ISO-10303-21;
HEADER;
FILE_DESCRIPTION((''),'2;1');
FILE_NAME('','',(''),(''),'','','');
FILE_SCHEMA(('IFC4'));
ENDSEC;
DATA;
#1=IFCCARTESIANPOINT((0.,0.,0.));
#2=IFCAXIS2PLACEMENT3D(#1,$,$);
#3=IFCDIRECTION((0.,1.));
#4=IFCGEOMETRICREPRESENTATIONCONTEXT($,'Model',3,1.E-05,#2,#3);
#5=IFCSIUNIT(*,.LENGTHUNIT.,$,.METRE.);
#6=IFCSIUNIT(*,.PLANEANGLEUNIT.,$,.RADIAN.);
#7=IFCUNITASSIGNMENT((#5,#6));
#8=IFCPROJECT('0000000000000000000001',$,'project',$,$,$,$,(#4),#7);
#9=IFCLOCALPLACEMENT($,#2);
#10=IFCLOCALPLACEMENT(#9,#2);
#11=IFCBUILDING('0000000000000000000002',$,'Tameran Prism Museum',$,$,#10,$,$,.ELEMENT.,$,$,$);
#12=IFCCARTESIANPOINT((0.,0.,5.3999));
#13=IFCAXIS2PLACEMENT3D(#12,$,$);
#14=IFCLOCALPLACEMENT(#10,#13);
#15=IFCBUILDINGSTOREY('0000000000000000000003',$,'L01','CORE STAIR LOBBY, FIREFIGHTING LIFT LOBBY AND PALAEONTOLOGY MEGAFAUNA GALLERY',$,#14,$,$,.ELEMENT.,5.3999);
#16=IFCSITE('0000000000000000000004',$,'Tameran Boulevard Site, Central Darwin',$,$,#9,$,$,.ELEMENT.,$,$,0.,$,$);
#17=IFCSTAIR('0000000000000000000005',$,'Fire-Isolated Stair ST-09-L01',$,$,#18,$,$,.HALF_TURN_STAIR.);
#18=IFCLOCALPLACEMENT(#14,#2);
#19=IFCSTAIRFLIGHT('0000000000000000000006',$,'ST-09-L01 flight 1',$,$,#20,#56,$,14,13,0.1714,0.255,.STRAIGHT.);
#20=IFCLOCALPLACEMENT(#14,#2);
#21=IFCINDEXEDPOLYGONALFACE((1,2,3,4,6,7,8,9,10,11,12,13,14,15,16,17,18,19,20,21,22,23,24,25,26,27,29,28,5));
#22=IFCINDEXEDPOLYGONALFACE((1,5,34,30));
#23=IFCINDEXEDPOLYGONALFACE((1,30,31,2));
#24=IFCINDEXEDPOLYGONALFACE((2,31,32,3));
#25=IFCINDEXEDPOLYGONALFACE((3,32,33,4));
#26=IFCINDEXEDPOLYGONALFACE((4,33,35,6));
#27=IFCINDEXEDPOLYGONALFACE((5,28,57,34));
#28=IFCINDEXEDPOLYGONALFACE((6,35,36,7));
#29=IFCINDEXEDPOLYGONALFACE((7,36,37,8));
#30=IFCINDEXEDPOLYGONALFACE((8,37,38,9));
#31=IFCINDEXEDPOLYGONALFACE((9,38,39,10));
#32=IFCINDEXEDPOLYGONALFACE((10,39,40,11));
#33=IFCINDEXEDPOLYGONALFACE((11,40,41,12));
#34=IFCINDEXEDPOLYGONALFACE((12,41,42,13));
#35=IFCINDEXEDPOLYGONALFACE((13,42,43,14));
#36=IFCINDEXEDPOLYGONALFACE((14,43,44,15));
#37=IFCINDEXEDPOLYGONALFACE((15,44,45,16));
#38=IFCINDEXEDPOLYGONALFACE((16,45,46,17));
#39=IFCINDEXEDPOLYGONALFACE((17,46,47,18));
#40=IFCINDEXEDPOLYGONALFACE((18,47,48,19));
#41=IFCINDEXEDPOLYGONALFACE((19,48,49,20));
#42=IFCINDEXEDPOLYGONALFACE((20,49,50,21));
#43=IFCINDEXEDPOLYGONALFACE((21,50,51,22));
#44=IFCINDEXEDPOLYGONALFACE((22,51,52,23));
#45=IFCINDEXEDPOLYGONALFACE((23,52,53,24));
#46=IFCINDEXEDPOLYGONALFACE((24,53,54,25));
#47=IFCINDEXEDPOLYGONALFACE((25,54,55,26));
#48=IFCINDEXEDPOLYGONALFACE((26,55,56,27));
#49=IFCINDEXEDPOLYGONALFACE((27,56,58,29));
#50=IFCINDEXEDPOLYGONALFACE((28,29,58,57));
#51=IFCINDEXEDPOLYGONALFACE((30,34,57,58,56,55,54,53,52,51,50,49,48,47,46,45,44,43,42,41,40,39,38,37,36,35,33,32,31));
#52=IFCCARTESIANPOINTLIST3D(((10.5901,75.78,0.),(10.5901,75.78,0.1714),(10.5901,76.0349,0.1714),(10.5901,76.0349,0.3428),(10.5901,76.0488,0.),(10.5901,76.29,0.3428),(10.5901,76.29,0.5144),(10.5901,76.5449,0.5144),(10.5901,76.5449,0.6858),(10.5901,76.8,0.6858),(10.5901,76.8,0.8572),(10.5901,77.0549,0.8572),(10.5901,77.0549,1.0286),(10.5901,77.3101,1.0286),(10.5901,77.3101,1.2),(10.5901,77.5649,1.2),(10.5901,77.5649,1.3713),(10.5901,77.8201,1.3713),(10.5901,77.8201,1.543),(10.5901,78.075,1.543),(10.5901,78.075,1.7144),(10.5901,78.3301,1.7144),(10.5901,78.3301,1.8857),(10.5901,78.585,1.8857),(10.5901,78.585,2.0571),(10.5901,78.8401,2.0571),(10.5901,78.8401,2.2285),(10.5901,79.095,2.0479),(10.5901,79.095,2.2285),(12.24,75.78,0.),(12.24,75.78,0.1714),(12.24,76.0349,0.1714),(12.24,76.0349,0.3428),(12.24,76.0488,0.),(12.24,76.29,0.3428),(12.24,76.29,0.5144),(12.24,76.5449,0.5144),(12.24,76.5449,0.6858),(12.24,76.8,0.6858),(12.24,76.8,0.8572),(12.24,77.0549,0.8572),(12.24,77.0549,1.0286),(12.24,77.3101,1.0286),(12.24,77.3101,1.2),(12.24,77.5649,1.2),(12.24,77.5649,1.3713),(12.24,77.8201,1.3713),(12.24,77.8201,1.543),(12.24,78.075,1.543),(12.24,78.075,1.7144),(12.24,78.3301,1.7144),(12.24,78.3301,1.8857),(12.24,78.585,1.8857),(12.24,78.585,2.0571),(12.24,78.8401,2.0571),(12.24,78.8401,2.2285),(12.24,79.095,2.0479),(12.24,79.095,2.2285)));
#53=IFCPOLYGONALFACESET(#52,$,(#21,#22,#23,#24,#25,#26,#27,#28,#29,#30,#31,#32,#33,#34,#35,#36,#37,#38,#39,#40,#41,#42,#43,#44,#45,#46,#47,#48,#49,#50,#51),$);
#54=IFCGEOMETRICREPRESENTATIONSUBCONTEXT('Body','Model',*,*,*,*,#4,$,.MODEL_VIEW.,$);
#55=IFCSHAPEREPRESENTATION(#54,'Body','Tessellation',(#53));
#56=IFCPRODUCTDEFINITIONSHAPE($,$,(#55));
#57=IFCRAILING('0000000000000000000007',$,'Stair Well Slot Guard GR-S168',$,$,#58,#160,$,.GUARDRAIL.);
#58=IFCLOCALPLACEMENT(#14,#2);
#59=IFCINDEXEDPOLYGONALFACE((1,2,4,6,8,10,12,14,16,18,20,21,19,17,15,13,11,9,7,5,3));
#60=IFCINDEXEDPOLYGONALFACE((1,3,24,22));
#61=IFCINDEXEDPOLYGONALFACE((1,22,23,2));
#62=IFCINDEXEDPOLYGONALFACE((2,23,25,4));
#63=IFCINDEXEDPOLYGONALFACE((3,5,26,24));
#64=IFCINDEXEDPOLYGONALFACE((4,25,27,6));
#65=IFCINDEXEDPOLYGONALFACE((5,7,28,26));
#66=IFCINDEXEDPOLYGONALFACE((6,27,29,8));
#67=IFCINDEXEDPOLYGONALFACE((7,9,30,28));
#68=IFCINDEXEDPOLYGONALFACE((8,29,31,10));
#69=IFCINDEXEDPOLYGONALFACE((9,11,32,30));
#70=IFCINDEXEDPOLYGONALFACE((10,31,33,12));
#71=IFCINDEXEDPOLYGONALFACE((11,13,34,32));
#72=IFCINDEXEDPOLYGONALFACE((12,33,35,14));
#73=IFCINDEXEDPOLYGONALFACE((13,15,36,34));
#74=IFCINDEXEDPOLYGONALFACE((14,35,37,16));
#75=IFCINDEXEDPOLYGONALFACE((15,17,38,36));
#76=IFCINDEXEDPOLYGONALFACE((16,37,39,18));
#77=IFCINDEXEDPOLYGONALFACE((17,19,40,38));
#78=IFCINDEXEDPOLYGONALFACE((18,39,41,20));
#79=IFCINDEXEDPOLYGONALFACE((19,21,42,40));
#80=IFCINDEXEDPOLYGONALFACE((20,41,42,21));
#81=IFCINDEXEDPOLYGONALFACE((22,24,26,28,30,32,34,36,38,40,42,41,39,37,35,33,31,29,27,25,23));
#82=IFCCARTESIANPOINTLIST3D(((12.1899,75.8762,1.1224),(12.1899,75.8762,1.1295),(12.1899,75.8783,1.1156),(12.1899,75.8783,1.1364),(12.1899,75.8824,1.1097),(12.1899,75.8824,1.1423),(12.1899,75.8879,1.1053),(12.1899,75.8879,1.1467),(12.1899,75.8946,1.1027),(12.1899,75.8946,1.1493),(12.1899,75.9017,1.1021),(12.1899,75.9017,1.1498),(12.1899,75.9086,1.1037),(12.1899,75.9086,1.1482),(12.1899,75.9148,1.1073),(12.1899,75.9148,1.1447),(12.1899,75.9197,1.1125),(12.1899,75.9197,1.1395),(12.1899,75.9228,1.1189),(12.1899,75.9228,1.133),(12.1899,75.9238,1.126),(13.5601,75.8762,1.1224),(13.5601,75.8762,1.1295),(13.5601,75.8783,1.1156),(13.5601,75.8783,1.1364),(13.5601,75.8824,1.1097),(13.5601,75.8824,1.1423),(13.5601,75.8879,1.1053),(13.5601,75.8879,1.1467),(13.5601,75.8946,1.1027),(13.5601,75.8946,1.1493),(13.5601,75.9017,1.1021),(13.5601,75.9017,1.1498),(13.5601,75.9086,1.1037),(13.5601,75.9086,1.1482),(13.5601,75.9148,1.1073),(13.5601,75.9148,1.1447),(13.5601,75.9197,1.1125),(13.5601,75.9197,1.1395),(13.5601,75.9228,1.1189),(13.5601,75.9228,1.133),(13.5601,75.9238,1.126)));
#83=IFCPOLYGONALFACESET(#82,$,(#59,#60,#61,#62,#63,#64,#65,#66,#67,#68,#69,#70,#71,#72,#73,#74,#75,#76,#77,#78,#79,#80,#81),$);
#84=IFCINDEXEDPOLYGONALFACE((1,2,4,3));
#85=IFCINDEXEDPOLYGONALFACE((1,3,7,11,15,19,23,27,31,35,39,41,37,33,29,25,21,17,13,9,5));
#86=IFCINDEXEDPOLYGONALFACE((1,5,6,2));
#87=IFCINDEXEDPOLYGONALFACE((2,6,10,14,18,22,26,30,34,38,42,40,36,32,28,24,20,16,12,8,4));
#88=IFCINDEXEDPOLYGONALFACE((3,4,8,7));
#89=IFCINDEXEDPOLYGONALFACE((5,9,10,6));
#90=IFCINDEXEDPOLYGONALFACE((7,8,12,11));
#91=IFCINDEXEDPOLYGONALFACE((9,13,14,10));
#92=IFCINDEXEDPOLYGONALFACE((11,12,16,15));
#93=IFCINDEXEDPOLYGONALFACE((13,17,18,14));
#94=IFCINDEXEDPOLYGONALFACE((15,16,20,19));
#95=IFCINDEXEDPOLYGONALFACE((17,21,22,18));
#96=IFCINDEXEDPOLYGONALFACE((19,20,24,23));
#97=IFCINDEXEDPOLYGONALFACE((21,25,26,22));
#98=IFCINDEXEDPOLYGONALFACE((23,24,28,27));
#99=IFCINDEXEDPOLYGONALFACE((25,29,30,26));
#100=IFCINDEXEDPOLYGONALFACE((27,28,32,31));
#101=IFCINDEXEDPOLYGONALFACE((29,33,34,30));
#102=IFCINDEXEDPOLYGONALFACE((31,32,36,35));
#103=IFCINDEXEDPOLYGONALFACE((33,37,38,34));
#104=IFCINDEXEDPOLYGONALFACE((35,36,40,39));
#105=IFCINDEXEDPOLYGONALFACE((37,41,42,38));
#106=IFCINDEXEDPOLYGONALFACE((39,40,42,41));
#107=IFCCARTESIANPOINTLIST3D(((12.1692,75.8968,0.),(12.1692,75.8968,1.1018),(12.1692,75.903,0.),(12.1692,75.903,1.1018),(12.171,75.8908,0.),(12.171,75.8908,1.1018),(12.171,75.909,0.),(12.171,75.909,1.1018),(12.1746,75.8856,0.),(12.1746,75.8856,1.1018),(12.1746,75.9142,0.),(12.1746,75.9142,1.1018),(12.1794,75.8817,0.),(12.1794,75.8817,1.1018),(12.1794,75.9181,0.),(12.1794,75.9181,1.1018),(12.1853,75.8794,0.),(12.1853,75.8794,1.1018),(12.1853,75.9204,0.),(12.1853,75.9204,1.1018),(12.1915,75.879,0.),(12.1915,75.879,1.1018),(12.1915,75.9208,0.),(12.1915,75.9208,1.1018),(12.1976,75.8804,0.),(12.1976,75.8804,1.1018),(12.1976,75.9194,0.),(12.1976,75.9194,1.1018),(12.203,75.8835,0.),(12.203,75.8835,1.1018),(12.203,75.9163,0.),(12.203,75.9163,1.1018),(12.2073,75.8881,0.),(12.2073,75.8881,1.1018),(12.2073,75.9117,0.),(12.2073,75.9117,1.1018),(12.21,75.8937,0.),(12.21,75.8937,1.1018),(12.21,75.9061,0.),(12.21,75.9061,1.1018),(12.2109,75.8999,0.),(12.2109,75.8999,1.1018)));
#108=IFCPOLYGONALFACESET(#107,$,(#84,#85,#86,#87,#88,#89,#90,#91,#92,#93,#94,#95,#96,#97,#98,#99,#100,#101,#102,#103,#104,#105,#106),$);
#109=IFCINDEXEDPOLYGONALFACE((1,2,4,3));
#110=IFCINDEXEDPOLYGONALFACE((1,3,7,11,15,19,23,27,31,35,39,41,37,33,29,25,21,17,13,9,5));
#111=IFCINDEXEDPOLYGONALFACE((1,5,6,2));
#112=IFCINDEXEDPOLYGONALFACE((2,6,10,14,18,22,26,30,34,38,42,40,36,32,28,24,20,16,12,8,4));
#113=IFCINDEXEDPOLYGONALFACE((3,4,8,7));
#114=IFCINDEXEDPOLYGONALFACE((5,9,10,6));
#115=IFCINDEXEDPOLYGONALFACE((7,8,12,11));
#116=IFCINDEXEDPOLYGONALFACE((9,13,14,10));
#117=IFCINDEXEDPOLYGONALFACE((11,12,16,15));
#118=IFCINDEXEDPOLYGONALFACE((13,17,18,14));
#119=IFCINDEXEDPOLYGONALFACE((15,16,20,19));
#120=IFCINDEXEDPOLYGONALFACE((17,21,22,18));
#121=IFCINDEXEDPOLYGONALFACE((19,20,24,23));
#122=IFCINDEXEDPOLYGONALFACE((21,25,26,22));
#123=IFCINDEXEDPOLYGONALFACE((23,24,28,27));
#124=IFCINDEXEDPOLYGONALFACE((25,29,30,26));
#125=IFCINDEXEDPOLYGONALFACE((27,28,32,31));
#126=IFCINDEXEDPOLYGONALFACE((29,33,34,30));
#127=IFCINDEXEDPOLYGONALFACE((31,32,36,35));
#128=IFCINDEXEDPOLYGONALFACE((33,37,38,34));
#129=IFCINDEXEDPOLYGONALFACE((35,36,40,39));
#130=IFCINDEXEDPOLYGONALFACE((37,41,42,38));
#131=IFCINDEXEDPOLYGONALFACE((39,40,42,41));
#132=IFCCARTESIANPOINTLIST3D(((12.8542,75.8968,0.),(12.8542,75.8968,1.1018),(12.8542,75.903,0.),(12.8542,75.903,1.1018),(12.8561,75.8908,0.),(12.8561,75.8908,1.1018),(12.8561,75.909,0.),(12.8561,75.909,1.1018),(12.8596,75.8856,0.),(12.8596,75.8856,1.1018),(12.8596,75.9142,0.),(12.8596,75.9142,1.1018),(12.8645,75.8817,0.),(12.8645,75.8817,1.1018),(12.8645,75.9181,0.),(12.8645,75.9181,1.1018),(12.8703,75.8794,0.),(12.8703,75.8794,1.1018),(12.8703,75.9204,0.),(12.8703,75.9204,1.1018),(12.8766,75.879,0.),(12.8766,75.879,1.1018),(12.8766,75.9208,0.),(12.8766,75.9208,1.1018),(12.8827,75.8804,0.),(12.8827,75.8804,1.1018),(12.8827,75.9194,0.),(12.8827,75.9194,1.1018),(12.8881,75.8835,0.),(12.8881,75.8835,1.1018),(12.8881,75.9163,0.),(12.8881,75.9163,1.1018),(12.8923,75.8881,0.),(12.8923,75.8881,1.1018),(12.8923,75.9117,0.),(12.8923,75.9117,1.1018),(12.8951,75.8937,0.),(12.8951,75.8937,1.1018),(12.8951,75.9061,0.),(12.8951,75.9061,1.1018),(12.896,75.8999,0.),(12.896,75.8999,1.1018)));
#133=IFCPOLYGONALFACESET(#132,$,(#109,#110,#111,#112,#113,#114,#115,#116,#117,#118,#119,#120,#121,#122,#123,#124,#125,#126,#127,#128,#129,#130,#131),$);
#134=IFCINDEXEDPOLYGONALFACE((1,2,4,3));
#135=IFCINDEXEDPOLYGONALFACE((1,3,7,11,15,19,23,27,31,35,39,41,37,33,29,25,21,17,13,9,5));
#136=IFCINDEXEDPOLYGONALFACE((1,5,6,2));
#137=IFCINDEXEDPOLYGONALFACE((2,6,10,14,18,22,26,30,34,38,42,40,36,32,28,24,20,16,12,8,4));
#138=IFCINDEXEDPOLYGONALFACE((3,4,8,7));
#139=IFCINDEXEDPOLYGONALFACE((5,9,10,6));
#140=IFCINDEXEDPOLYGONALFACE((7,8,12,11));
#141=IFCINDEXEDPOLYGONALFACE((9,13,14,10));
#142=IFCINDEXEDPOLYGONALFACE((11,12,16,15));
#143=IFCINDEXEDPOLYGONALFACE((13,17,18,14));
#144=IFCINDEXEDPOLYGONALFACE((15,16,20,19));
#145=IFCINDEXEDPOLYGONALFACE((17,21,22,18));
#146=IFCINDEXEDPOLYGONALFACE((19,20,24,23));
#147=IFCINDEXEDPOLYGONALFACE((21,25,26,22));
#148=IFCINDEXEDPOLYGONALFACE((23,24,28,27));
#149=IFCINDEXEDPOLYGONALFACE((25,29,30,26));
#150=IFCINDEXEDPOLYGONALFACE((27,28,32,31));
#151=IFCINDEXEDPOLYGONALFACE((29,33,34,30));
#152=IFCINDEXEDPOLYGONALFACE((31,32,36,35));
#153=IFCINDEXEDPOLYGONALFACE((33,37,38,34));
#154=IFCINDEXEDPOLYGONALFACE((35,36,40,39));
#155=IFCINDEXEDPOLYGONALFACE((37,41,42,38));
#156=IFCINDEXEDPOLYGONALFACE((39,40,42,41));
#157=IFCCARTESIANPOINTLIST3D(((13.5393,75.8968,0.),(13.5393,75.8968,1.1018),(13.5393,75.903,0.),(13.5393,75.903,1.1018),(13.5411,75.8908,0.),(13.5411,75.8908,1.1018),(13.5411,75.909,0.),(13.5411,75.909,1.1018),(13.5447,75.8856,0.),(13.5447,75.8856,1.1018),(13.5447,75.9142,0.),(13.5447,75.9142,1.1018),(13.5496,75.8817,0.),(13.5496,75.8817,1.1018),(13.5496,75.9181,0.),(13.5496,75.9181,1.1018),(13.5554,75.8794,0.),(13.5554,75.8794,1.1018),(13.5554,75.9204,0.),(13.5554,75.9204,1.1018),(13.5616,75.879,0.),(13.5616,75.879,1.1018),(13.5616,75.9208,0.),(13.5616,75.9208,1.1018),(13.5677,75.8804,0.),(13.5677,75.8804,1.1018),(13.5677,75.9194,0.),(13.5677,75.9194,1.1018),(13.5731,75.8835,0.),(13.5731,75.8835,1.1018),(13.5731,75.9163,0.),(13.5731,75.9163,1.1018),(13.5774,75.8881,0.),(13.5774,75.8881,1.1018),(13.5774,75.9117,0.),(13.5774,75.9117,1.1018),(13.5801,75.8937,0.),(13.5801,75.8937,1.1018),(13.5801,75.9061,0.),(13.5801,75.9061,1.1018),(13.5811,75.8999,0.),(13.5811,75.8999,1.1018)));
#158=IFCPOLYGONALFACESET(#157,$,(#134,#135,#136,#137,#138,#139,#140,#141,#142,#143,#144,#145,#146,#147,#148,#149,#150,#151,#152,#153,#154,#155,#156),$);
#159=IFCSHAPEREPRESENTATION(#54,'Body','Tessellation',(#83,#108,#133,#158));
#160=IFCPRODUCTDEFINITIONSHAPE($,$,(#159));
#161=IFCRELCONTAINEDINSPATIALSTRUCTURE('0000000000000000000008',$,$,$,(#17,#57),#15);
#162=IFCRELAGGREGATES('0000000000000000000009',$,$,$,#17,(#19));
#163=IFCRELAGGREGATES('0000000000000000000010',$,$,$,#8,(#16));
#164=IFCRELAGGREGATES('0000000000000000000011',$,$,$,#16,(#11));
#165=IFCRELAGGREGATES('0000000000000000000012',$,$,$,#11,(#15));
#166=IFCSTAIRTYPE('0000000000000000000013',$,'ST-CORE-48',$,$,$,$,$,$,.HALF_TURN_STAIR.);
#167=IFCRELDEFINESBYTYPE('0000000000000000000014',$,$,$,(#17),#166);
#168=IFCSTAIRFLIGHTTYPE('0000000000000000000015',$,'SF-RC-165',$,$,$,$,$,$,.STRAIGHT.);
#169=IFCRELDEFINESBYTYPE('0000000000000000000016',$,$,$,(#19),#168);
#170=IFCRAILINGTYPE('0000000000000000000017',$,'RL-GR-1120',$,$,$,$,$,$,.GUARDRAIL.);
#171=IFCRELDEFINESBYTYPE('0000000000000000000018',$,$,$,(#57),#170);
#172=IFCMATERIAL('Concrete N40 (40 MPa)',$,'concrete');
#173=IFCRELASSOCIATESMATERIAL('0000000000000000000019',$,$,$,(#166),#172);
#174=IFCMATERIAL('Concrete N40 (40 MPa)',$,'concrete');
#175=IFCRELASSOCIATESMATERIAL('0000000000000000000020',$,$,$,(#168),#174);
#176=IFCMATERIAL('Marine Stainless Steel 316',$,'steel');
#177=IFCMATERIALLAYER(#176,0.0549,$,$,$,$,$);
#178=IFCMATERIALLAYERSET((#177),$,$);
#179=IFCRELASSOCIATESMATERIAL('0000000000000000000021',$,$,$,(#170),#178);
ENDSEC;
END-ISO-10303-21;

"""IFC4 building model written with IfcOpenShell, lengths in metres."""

from ifc_helpers import new_model, si_unit, direction, frame, origin, origin_2d, place, context, subcontext, project, spatial, polyline, circle, outline, extrude, material, layer, layer_set, type_object, element, aggregate, save


model = new_model("IFC4")

# Units and contexts
model_context = context("Model", 3, precision=1e-05, world=origin(), true_north=direction((0.0, 1.0)))
body_context = subcontext(model_context, "Body", "Model", "MODEL_VIEW")
ifc_project = project(units=[si_unit("LENGTHUNIT", "METRE"), si_unit("PLANEANGLEUNIT", "RADIAN")], contexts=[model_context])

# Site, building, storey
site_placement = place(None, origin())
site = spatial("IfcSite", under=ifc_project, at=site_placement, Name="Tameran Boulevard Site, Central Darwin", CompositionType="ELEMENT", RefElevation=0.0)
building_placement = place(site_placement, origin())
building = spatial("IfcBuilding", under=site, at=building_placement, Name="Tameran Prism Museum", CompositionType="ELEMENT")
storey_placement = place(building_placement, frame((0.0, 0.0, 5.3999)))
storey = spatial("IfcBuildingStorey", under=building, at=storey_placement, Name="L01", Description="CORE STAIR LOBBY, FIREFIGHTING LIFT LOBBY AND PALAEONTOLOGY MEGAFAUNA GALLERY", CompositionType="ELEMENT", Elevation=5.3999)

# Stair, stair flight
ifc_material_1 = material(Name="Concrete N40 (40 MPa)", Category="concrete")
stair_type = type_object("IfcStairType", Name="ST-CORE-48", PredefinedType="HALF_TURN_STAIR", material=ifc_material_1)
stair_placement = place(storey_placement, origin())
stair = element("IfcStair", 1, at=stair_placement, inside=storey, type_object=stair_type, Name="Fire-Isolated Stair ST-09-L01", PredefinedType="HALF_TURN_STAIR")
ifc_material_2 = material(Name="Concrete N40 (40 MPa)", Category="concrete")
stair_flight_type = type_object("IfcStairFlightType", Name="SF-RC-165", PredefinedType="STRAIGHT", material=ifc_material_2)
stair_flight_placement = place(storey_placement, frame((11.415, 75.78, 0.0), z_axis=(0.0, 0.0, 1.0), x_axis=(0.0, 1.0, 0.0)))
stair_flight = element("IfcStairFlight", 2, at=stair_flight_placement, type_object=stair_flight_type, Name="ST-09-L01 flight 1", NumberOfRisers=14, NumberOfTreads=13, PredefinedType="STRAIGHT", RiserHeight=0.1714, TreadLength=0.255, context=body_context, shape_type="SweptSolid", body=[
    extrude(outline(polyline([(0.0, 0.0), (0.0, 0.1714), (0.2549, 0.1714), (0.2549, 0.3428), (0.51, 0.3428), (0.51, 0.5144), (0.7649, 0.5144), (0.7649, 0.6858), (1.02, 0.6858), (1.02, 0.8572), (1.2749, 0.8572), (1.2749, 1.0286), (1.53, 1.0286), (1.53, 1.2), (1.7849, 1.2), (1.7849, 1.3713), (2.04, 1.3713), (2.04, 1.543), (2.2949, 1.543), (2.2949, 1.7144), (2.55, 1.7144), (2.55, 1.8857), (2.8049, 1.8857), (2.8049, 2.0571), (3.0601, 2.0571), (3.0601, 2.2285), (3.3149, 2.2285), (3.3149, 2.3999), (3.3149, 2.0479), (0.2688, 0.0), (0.0, 0.0)])), frame((0.0, 0.825, 0.0), z_axis=(0.0, -1.0, 0.0), x_axis=(1.0, 0.0, 0.0)), (0.0, 0.0, 1.0), 1.6499),
])
aggregate(stair, [stair_flight])

# Railing
ifc_material_3 = material(Name="Marine Stainless Steel 316", Category="steel")
ifc_layer_1 = layer(ifc_material_3, 0.0549)
ifc_layer_set_1 = layer_set([ifc_layer_1])
railing_type_1 = type_object("IfcRailingType", Name="RL-GR-1120", PredefinedType="GUARDRAIL", material=ifc_layer_set_1)
railing_1_placement = place(storey_placement, frame((12.1899, 75.8999, 0.0)))
element("IfcRailing", 3, at=railing_1_placement, inside=storey, type_object=railing_type_1, Name="Stair Well Slot Guard GR-S168", PredefinedType="GUARDRAIL", context=body_context, shape_type="SweptSolid", body=[
    extrude(circle(Radius=0.0239, at=origin_2d()), frame((0.0, 0.0, 1.126), z_axis=(1.0, 0.0, 0.0), x_axis=(0.0, 1.0, 0.0)), (0.0, 0.0, 1.0), 1.3701),
    extrude(circle(Radius=0.021, at=origin_2d()), origin(), (0.0, 0.0, 1.0), 1.1018),
    extrude(circle(Radius=0.021, at=origin_2d()), frame((0.6851, 0.0, 0.0)), (0.0, 0.0, 1.0), 1.1018),
    extrude(circle(Radius=0.021, at=origin_2d()), frame((1.3701, 0.0, 0.0)), (0.0, 0.0, 1.0), 1.1018),
])

save(model, "model.ifc")
